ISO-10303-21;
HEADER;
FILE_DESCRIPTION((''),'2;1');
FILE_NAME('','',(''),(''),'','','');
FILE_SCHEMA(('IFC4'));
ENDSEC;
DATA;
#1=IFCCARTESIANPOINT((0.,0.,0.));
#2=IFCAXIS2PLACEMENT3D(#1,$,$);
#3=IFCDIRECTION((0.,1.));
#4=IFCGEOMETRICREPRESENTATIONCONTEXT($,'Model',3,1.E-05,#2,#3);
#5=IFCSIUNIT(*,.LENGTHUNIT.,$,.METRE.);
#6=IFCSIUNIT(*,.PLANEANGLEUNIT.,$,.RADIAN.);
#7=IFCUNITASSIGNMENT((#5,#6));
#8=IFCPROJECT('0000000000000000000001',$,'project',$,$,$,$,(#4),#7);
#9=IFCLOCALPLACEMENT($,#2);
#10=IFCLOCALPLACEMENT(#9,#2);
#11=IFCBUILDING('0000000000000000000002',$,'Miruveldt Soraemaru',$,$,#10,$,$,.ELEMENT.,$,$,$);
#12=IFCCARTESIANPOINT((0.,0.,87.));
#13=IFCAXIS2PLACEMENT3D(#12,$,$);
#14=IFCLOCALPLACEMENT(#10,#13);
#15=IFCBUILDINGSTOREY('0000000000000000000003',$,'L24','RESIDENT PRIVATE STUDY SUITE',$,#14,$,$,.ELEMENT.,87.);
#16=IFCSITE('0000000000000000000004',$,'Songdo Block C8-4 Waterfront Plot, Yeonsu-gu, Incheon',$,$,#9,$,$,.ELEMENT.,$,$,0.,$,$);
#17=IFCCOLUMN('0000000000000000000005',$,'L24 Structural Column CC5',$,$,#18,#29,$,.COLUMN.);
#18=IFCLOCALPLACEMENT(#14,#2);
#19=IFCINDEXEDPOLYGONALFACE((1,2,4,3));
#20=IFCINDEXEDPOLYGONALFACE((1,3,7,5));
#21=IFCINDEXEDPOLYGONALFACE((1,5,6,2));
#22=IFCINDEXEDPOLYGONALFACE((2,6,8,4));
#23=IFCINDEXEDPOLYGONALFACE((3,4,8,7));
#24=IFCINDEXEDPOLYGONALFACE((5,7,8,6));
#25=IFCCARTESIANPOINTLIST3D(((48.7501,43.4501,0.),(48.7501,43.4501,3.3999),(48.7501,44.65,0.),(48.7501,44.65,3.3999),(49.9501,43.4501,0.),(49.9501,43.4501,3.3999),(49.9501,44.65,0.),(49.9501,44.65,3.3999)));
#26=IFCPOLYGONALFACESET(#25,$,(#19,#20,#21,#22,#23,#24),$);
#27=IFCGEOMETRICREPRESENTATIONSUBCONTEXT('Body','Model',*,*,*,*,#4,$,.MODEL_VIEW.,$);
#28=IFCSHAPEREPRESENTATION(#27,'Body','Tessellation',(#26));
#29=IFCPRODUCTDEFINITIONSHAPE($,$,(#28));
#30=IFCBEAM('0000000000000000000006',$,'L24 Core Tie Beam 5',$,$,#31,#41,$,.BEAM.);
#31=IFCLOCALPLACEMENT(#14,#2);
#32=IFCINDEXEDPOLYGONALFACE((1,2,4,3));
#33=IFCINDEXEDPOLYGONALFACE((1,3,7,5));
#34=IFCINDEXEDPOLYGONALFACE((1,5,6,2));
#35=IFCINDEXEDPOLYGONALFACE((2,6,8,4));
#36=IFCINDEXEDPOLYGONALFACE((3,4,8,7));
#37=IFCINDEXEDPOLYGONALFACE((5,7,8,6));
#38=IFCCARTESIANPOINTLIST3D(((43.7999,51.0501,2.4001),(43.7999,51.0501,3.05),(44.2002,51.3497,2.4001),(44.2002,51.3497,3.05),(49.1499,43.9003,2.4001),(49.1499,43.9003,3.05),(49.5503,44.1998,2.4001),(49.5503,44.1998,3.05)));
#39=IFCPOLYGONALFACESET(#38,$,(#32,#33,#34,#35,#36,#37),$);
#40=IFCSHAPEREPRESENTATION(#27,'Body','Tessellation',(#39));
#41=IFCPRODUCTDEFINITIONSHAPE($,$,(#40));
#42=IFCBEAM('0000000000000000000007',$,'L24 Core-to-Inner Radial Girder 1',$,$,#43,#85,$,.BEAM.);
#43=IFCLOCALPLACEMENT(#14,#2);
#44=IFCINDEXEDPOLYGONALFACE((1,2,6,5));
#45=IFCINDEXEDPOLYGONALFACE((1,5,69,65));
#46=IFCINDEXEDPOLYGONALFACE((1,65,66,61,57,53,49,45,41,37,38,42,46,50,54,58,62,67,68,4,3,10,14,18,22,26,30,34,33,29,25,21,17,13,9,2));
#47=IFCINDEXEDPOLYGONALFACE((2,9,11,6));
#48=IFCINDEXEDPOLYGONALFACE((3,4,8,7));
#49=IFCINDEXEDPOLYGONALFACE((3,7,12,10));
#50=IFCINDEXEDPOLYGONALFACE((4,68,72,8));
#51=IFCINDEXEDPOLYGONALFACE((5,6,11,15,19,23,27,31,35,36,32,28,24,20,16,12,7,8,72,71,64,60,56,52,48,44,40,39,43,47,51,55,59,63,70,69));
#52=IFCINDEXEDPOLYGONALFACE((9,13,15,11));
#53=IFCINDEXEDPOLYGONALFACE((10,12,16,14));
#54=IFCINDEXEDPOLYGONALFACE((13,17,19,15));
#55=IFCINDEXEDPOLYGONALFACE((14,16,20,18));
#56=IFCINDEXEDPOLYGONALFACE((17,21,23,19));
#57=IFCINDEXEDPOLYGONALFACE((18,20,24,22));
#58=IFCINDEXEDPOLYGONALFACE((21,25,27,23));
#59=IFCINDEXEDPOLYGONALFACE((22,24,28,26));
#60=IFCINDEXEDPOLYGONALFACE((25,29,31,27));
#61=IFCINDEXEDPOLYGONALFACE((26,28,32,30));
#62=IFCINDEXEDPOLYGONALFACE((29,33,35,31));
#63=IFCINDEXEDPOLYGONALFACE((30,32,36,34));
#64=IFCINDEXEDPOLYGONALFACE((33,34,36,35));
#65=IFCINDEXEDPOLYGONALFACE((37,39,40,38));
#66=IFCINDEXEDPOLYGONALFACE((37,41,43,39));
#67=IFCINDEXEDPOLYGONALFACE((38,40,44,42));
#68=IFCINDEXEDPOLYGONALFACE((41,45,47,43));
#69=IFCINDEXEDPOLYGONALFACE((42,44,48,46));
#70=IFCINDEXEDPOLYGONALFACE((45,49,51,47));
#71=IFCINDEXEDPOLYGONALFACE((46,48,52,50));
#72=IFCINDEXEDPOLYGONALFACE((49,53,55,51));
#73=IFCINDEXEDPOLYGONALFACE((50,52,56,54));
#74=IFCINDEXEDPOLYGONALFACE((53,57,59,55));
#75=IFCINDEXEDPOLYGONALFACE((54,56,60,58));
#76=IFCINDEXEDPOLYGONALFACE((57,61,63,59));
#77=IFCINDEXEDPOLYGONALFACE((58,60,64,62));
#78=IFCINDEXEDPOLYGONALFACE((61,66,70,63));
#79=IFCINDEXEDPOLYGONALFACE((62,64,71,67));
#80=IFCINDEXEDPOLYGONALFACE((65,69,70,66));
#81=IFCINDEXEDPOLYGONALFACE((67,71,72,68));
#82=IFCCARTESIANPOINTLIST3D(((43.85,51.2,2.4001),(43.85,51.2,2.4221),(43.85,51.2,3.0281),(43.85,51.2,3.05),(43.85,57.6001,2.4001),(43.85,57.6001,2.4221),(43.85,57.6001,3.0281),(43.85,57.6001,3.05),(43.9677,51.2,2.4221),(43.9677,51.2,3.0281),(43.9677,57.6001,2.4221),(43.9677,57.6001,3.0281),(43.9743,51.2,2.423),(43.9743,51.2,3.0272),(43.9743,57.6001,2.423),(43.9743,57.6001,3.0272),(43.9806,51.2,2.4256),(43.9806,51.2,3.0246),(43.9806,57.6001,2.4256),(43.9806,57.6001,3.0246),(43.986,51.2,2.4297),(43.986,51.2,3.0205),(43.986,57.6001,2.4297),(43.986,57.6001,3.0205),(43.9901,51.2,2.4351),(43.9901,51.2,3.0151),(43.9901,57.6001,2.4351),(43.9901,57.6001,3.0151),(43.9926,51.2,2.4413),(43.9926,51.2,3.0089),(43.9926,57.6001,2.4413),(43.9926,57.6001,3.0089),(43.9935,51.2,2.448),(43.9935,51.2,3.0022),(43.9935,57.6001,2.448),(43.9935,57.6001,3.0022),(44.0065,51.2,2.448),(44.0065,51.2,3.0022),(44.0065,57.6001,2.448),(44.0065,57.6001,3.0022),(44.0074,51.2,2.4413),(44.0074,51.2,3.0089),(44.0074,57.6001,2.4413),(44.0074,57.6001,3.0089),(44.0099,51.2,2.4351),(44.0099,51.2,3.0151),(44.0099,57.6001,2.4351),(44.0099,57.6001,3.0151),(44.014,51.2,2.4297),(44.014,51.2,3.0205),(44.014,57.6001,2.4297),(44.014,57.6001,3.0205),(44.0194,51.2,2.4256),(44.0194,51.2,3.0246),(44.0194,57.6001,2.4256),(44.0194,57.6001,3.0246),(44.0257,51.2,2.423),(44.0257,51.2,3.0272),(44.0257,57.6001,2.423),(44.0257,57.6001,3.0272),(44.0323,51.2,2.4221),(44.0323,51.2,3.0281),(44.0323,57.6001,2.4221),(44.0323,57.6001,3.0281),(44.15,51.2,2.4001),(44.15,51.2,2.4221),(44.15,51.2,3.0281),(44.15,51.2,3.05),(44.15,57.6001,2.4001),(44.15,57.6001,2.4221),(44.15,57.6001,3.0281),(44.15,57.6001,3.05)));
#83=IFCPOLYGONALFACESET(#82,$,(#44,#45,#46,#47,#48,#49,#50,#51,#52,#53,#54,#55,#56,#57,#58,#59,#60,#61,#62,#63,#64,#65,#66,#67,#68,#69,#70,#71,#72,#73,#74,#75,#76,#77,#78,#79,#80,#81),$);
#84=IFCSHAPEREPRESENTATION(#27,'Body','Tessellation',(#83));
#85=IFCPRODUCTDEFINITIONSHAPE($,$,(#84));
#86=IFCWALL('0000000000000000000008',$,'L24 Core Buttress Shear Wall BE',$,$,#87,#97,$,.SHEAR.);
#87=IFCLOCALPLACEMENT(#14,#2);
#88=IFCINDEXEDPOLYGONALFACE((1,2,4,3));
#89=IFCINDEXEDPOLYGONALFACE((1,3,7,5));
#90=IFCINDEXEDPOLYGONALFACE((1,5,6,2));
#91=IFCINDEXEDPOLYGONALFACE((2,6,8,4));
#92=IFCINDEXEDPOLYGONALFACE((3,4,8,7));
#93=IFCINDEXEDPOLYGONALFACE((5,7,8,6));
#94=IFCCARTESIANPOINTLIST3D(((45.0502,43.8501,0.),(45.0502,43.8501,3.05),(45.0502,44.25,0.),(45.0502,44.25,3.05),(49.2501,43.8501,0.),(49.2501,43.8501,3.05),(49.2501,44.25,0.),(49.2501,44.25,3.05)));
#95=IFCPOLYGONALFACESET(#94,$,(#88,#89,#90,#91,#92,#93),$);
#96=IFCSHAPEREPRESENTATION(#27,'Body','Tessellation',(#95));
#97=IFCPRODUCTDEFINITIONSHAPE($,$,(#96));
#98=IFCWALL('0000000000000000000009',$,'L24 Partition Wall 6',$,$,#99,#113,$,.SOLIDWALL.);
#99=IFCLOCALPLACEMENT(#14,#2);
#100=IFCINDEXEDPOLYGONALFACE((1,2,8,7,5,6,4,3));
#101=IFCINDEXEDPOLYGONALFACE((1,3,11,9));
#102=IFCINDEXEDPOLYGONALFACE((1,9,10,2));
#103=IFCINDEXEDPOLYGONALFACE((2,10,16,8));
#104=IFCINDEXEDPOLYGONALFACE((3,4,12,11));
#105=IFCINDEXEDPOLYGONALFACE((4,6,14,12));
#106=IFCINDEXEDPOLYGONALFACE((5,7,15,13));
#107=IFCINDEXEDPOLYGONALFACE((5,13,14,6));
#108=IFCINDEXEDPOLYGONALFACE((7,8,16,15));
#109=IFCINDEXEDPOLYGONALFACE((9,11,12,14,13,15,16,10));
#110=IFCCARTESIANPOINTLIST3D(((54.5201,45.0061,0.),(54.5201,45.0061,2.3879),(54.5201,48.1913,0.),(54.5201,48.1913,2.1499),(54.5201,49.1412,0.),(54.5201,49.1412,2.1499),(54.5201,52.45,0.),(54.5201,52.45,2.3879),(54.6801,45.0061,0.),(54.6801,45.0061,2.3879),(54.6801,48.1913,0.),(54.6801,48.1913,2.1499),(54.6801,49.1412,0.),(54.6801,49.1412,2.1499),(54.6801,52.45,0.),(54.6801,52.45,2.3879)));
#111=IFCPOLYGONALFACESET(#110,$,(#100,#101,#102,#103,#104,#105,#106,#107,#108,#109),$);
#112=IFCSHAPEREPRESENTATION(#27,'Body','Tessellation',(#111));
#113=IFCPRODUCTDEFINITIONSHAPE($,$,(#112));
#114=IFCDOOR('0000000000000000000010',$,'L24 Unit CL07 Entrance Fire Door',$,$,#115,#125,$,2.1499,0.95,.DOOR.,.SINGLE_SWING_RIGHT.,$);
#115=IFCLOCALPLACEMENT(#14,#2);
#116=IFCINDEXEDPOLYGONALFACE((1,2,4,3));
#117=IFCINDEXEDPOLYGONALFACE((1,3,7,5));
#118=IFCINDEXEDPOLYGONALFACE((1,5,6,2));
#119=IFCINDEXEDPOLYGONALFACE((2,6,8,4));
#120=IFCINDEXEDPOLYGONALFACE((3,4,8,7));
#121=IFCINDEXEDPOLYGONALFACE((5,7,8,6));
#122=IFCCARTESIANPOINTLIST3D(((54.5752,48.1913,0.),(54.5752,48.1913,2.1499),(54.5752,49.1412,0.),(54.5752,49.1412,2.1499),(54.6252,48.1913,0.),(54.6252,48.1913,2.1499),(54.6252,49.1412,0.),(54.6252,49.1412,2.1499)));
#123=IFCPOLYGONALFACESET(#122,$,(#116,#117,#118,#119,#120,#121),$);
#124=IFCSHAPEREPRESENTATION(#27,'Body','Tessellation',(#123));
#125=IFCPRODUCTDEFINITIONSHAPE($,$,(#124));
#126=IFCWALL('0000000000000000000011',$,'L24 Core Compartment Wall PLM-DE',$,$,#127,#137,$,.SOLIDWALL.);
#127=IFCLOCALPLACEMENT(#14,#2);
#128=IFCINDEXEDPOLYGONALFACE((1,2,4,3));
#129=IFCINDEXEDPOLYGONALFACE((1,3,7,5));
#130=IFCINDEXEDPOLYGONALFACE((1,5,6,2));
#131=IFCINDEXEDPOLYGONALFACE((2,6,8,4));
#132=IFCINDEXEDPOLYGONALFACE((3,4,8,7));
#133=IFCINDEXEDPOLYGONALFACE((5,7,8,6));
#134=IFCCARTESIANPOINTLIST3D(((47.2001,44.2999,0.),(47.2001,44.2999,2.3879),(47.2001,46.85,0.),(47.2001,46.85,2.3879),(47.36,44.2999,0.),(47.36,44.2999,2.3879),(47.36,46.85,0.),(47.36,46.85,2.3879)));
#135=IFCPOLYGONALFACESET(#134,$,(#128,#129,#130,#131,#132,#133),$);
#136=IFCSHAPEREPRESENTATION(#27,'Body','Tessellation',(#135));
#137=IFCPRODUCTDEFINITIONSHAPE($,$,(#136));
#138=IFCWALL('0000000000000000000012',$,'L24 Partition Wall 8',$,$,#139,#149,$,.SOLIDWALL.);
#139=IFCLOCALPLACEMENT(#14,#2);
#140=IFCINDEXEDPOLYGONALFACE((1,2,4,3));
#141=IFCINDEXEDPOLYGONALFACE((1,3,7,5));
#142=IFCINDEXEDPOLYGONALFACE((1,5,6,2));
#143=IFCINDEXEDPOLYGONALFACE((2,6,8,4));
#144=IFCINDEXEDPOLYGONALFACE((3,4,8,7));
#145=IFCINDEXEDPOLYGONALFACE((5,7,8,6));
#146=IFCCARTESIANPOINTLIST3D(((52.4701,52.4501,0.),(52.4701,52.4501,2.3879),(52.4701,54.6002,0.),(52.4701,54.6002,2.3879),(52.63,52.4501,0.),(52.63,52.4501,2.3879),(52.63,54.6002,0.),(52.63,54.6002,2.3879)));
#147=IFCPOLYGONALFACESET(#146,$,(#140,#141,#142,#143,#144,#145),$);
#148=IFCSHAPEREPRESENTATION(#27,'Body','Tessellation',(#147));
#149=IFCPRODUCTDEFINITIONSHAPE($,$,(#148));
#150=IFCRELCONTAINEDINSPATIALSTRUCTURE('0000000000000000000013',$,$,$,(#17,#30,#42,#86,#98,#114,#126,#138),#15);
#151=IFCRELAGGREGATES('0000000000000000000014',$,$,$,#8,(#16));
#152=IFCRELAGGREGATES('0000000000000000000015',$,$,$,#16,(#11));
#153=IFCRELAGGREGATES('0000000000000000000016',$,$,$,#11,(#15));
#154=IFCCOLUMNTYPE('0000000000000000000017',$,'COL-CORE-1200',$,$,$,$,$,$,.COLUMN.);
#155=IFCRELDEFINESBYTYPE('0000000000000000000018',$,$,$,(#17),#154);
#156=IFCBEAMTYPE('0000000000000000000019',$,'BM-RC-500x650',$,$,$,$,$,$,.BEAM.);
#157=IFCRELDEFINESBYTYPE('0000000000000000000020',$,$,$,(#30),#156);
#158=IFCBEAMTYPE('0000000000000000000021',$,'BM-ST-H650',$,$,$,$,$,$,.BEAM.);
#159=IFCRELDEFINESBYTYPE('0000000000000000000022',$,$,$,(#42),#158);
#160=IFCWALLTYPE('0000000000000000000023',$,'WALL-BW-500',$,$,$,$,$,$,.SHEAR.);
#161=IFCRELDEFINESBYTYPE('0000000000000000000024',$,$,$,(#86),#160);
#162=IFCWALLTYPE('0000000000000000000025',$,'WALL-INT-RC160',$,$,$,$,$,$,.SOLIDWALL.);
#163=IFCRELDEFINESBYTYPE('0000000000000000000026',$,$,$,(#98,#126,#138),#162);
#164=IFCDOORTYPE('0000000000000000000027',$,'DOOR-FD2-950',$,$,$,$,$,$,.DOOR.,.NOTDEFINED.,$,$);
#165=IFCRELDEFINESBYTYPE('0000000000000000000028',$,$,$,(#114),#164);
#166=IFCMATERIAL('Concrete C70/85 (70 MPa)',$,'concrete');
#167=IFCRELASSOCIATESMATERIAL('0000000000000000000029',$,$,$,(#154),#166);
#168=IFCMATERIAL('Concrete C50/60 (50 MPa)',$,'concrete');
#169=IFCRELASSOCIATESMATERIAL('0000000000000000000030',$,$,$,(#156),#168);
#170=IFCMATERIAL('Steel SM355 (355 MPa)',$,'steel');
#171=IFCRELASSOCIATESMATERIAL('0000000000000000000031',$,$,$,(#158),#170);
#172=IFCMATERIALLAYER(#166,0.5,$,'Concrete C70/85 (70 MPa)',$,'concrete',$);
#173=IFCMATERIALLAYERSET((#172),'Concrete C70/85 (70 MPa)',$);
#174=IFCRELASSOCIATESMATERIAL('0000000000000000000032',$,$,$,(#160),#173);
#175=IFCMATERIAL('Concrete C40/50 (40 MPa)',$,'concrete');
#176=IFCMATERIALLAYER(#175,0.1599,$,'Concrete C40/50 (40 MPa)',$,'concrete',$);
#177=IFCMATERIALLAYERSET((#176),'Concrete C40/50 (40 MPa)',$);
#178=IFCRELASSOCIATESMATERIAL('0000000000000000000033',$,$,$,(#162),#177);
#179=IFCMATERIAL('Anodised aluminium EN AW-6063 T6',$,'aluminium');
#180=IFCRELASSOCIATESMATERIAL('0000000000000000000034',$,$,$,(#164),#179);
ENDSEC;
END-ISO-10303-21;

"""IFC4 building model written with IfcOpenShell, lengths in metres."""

from ifc_helpers import new_model, si_unit, direction, frame, frame_2d, origin, origin_2d, place, context, subcontext, project, spatial, rectangle, i_section, extrude, material, layer, layer_set, material_profile, profile_set, type_object, element, fill, save


model = new_model("IFC4")

# Units and contexts
model_context = context("Model", 3, precision=1e-05, world=origin(), true_north=direction((0.0, 1.0)))
body_context = subcontext(model_context, "Body", "Model", "MODEL_VIEW")
ifc_project = project(units=[si_unit("LENGTHUNIT", "METRE"), si_unit("PLANEANGLEUNIT", "RADIAN")], contexts=[model_context])

# Site, building, storey
site_placement = place(None, origin())
site = spatial("IfcSite", under=ifc_project, at=site_placement, Name="Songdo Block C8-4 Waterfront Plot, Yeonsu-gu, Incheon", CompositionType="ELEMENT", RefElevation=0.0)
building_placement = place(site_placement, origin())
building = spatial("IfcBuilding", under=site, at=building_placement, Name="Miruveldt Soraemaru", CompositionType="ELEMENT")
storey_placement = place(building_placement, frame((0.0, 0.0, 87.0)))
storey = spatial("IfcBuildingStorey", under=building, at=storey_placement, Name="L24", Description="RESIDENT PRIVATE STUDY SUITE", CompositionType="ELEMENT", Elevation=87.0)

# Column
ifc_material_1 = material(Name="Concrete C70/85 (70 MPa)", Category="concrete")
ifc_material_profile_1 = material_profile(ifc_material_1, rectangle(XDim=1.2, YDim=1.2, at=origin_2d()), Name="Concrete C70/85 (70 MPa)", Category="concrete")
ifc_profile_set_1 = profile_set([ifc_material_profile_1], Name="Concrete C70/85 (70 MPa)")
column_type = type_object("IfcColumnType", Name="COL-CORE-1200", PredefinedType="COLUMN", material=ifc_profile_set_1)
column_placement = place(storey_placement, frame((49.3501, 44.05, 0.0), z_axis=(0.0, 0.0, 1.0), x_axis=(1.0, 0.0, 0.0)))
element("IfcColumn", 1, at=column_placement, inside=storey, type_object=column_type, Name="L24 Structural Column CC5", PredefinedType="COLUMN", context=body_context, shape_type="SweptSolid", body=[
    extrude(rectangle(XDim=1.2, YDim=1.2, at=origin_2d()), origin(), (0.0, 0.0, 1.0), 3.3999),
])

# Beams
ifc_material_2 = material(Name="Concrete C50/60 (50 MPa)", Category="concrete")
ifc_material_profile_2 = material_profile(ifc_material_2, rectangle(XDim=0.5, YDim=0.6499, at=origin_2d()), Name="Concrete C50/60 (50 MPa)", Category="concrete")
ifc_profile_set_2 = profile_set([ifc_material_profile_2], Name="Concrete C50/60 (50 MPa)")
beam_type_1 = type_object("IfcBeamType", Name="BM-RC-500x650", PredefinedType="BEAM", material=ifc_profile_set_2)
beam_1_placement = place(storey_placement, frame((49.3501, 44.05, 2.7251), z_axis=(-0.599116, 0.800662, 0.0), x_axis=(-0.800662, -0.599116, 0.0)))
element("IfcBeam", 2, at=beam_1_placement, inside=storey, type_object=beam_type_1, Name="L24 Core Tie Beam 5", PredefinedType="BEAM", context=body_context, shape_type="SweptSolid", body=[
    extrude(rectangle(XDim=0.5, YDim=0.6499, at=origin_2d()), origin(), (0.0, 0.0, 1.0), 8.9299),
])
ifc_material_3 = material(Name="Steel SM355 (355 MPa)", Category="steel")
ifc_material_profile_3 = material_profile(ifc_material_3, i_section(OverallWidth=0.3, OverallDepth=0.6499, WebThickness=0.0129, FlangeThickness=0.022, FilletRadius=0.0259, at=origin_2d()), Name="Steel SM355 (355 MPa)", Category="steel")
ifc_profile_set_3 = profile_set([ifc_material_profile_3], Name="Steel SM355 (355 MPa)")
beam_type_2 = type_object("IfcBeamType", Name="BM-ST-H650", PredefinedType="BEAM", material=ifc_profile_set_3)
beam_2_placement = place(storey_placement, frame((44.0, 51.2, 2.7251), z_axis=(0.0, 1.0, 0.0), x_axis=(-1.0, 0.0, 0.0)))
element("IfcBeam", 3, at=beam_2_placement, inside=storey, type_object=beam_type_2, Name="L24 Core-to-Inner Radial Girder 1", PredefinedType="BEAM", context=body_context, shape_type="SweptSolid", body=[
    extrude(i_section(OverallWidth=0.3, OverallDepth=0.6499, WebThickness=0.0129, FlangeThickness=0.022, FilletRadius=0.0259, at=origin_2d()), origin(), (0.0, 0.0, 1.0), 6.4001),
])

# Wall
ifc_layer_1 = layer(ifc_material_1, 0.5, Name="Concrete C70/85 (70 MPa)", Category="concrete")
ifc_layer_set_1 = layer_set([ifc_layer_1], Name="Concrete C70/85 (70 MPa)")
wall_type_1 = type_object("IfcWallType", Name="WALL-BW-500", PredefinedType="SHEAR", material=ifc_layer_set_1)
wall_1_placement = place(storey_placement, frame((45.05, 44.05, 0.0), z_axis=(0.0, 0.0, 1.0), x_axis=(1.0, 0.0, 0.0)))
element("IfcWall", 4, at=wall_1_placement, inside=storey, type_object=wall_type_1, Name="L24 Core Buttress Shear Wall BE", PredefinedType="SHEAR", context=body_context, shape_type="SweptSolid", body=[
    extrude(rectangle(XDim=4.2, YDim=0.3999, at=frame_2d((2.1001, 0.0))), origin(), (0.0, 0.0, 1.0), 3.05),
])

# Wall, opening, door
ifc_material_4 = material(Name="Concrete C40/50 (40 MPa)", Category="concrete")
ifc_layer_2 = layer(ifc_material_4, 0.1599, Name="Concrete C40/50 (40 MPa)", Category="concrete")
ifc_layer_set_2 = layer_set([ifc_layer_2], Name="Concrete C40/50 (40 MPa)")
wall_type_2 = type_object("IfcWallType", Name="WALL-INT-RC160", PredefinedType="SOLIDWALL", material=ifc_layer_set_2)
wall_2_placement = place(storey_placement, frame((54.6001, 45.0061, 0.0), z_axis=(0.0, 0.0, 1.0), x_axis=(0.0, 1.0, 0.0)))
wall_2 = element("IfcWall", 5, at=wall_2_placement, inside=storey, type_object=wall_type_2, Name="L24 Partition Wall 6", PredefinedType="SOLIDWALL", context=body_context, shape_type="SweptSolid", body=[
    extrude(rectangle(XDim=7.4438, YDim=0.1599, at=frame_2d((3.7219, 0.0))), origin(), (0.0, 0.0, 1.0), 2.3879),
])
opening_1_placement = place(wall_2_placement, frame((3.1851, 0.0, 0.0)))
opening_1 = element("IfcOpeningElement", 6, at=opening_1_placement, cuts=wall_2, PredefinedType="OPENING", context=body_context, shape_type="SweptSolid", body=[
    extrude(rectangle(XDim=0.95, YDim=2.1499, at=frame_2d((0.4751, 1.075))), frame((0.0, 0.0898, 0.0), z_axis=(0.0, -1.0, 0.0), x_axis=(1.0, 0.0, 0.0)), (0.0, 0.0, 1.0), 0.1799),
])
ifc_material_5 = material(Name="Anodised aluminium EN AW-6063 T6", Category="aluminium")
door_type_1 = type_object("IfcDoorType", Name="DOOR-FD2-950", OperationType="NOTDEFINED", PredefinedType="DOOR", material=ifc_material_5)
door_1_placement = place(opening_1_placement, origin())
door_1 = element("IfcDoor", 7, at=door_1_placement, inside=storey, type_object=door_type_1, Name="L24 Unit CL07 Entrance Fire Door", OperationType="SINGLE_SWING_RIGHT", OverallHeight=2.1499, OverallWidth=0.95, PredefinedType="DOOR", context=body_context, shape_type="SweptSolid", body=[
    extrude(rectangle(XDim=0.95, YDim=2.1499, at=frame_2d((0.4751, 1.075))), frame((0.0, 0.0249, 0.0), z_axis=(0.0, -1.0, 0.0), x_axis=(1.0, 0.0, 0.0)), (0.0, 0.0, 1.0), 0.05),
])
fill(opening_1, door_1)

# Walls
wall_3_placement = place(storey_placement, frame((47.28, 44.3, 0.0), z_axis=(0.0, 0.0, 1.0), x_axis=(0.0, 1.0, 0.0)))
element("IfcWall", 8, at=wall_3_placement, inside=storey, type_object=wall_type_2, Name="L24 Core Compartment Wall PLM-DE", PredefinedType="SOLIDWALL", context=body_context, shape_type="SweptSolid", body=[
    extrude(rectangle(XDim=2.55, YDim=0.1599, at=frame_2d((1.2749, 0.0))), origin(), (0.0, 0.0, 1.0), 2.3879),
])
wall_4_placement = place(storey_placement, frame((52.55, 52.45, 0.0), z_axis=(0.0, 0.0, 1.0), x_axis=(0.0, 1.0, 0.0)))
element("IfcWall", 9, at=wall_4_placement, inside=storey, type_object=wall_type_2, Name="L24 Partition Wall 8", PredefinedType="SOLIDWALL", context=body_context, shape_type="SweptSolid", body=[
    extrude(rectangle(XDim=2.1501, YDim=0.1599, at=frame_2d((1.0752, 0.0))), origin(), (0.0, 0.0, 1.0), 2.3879),
])

save(model, "model.ifc")
